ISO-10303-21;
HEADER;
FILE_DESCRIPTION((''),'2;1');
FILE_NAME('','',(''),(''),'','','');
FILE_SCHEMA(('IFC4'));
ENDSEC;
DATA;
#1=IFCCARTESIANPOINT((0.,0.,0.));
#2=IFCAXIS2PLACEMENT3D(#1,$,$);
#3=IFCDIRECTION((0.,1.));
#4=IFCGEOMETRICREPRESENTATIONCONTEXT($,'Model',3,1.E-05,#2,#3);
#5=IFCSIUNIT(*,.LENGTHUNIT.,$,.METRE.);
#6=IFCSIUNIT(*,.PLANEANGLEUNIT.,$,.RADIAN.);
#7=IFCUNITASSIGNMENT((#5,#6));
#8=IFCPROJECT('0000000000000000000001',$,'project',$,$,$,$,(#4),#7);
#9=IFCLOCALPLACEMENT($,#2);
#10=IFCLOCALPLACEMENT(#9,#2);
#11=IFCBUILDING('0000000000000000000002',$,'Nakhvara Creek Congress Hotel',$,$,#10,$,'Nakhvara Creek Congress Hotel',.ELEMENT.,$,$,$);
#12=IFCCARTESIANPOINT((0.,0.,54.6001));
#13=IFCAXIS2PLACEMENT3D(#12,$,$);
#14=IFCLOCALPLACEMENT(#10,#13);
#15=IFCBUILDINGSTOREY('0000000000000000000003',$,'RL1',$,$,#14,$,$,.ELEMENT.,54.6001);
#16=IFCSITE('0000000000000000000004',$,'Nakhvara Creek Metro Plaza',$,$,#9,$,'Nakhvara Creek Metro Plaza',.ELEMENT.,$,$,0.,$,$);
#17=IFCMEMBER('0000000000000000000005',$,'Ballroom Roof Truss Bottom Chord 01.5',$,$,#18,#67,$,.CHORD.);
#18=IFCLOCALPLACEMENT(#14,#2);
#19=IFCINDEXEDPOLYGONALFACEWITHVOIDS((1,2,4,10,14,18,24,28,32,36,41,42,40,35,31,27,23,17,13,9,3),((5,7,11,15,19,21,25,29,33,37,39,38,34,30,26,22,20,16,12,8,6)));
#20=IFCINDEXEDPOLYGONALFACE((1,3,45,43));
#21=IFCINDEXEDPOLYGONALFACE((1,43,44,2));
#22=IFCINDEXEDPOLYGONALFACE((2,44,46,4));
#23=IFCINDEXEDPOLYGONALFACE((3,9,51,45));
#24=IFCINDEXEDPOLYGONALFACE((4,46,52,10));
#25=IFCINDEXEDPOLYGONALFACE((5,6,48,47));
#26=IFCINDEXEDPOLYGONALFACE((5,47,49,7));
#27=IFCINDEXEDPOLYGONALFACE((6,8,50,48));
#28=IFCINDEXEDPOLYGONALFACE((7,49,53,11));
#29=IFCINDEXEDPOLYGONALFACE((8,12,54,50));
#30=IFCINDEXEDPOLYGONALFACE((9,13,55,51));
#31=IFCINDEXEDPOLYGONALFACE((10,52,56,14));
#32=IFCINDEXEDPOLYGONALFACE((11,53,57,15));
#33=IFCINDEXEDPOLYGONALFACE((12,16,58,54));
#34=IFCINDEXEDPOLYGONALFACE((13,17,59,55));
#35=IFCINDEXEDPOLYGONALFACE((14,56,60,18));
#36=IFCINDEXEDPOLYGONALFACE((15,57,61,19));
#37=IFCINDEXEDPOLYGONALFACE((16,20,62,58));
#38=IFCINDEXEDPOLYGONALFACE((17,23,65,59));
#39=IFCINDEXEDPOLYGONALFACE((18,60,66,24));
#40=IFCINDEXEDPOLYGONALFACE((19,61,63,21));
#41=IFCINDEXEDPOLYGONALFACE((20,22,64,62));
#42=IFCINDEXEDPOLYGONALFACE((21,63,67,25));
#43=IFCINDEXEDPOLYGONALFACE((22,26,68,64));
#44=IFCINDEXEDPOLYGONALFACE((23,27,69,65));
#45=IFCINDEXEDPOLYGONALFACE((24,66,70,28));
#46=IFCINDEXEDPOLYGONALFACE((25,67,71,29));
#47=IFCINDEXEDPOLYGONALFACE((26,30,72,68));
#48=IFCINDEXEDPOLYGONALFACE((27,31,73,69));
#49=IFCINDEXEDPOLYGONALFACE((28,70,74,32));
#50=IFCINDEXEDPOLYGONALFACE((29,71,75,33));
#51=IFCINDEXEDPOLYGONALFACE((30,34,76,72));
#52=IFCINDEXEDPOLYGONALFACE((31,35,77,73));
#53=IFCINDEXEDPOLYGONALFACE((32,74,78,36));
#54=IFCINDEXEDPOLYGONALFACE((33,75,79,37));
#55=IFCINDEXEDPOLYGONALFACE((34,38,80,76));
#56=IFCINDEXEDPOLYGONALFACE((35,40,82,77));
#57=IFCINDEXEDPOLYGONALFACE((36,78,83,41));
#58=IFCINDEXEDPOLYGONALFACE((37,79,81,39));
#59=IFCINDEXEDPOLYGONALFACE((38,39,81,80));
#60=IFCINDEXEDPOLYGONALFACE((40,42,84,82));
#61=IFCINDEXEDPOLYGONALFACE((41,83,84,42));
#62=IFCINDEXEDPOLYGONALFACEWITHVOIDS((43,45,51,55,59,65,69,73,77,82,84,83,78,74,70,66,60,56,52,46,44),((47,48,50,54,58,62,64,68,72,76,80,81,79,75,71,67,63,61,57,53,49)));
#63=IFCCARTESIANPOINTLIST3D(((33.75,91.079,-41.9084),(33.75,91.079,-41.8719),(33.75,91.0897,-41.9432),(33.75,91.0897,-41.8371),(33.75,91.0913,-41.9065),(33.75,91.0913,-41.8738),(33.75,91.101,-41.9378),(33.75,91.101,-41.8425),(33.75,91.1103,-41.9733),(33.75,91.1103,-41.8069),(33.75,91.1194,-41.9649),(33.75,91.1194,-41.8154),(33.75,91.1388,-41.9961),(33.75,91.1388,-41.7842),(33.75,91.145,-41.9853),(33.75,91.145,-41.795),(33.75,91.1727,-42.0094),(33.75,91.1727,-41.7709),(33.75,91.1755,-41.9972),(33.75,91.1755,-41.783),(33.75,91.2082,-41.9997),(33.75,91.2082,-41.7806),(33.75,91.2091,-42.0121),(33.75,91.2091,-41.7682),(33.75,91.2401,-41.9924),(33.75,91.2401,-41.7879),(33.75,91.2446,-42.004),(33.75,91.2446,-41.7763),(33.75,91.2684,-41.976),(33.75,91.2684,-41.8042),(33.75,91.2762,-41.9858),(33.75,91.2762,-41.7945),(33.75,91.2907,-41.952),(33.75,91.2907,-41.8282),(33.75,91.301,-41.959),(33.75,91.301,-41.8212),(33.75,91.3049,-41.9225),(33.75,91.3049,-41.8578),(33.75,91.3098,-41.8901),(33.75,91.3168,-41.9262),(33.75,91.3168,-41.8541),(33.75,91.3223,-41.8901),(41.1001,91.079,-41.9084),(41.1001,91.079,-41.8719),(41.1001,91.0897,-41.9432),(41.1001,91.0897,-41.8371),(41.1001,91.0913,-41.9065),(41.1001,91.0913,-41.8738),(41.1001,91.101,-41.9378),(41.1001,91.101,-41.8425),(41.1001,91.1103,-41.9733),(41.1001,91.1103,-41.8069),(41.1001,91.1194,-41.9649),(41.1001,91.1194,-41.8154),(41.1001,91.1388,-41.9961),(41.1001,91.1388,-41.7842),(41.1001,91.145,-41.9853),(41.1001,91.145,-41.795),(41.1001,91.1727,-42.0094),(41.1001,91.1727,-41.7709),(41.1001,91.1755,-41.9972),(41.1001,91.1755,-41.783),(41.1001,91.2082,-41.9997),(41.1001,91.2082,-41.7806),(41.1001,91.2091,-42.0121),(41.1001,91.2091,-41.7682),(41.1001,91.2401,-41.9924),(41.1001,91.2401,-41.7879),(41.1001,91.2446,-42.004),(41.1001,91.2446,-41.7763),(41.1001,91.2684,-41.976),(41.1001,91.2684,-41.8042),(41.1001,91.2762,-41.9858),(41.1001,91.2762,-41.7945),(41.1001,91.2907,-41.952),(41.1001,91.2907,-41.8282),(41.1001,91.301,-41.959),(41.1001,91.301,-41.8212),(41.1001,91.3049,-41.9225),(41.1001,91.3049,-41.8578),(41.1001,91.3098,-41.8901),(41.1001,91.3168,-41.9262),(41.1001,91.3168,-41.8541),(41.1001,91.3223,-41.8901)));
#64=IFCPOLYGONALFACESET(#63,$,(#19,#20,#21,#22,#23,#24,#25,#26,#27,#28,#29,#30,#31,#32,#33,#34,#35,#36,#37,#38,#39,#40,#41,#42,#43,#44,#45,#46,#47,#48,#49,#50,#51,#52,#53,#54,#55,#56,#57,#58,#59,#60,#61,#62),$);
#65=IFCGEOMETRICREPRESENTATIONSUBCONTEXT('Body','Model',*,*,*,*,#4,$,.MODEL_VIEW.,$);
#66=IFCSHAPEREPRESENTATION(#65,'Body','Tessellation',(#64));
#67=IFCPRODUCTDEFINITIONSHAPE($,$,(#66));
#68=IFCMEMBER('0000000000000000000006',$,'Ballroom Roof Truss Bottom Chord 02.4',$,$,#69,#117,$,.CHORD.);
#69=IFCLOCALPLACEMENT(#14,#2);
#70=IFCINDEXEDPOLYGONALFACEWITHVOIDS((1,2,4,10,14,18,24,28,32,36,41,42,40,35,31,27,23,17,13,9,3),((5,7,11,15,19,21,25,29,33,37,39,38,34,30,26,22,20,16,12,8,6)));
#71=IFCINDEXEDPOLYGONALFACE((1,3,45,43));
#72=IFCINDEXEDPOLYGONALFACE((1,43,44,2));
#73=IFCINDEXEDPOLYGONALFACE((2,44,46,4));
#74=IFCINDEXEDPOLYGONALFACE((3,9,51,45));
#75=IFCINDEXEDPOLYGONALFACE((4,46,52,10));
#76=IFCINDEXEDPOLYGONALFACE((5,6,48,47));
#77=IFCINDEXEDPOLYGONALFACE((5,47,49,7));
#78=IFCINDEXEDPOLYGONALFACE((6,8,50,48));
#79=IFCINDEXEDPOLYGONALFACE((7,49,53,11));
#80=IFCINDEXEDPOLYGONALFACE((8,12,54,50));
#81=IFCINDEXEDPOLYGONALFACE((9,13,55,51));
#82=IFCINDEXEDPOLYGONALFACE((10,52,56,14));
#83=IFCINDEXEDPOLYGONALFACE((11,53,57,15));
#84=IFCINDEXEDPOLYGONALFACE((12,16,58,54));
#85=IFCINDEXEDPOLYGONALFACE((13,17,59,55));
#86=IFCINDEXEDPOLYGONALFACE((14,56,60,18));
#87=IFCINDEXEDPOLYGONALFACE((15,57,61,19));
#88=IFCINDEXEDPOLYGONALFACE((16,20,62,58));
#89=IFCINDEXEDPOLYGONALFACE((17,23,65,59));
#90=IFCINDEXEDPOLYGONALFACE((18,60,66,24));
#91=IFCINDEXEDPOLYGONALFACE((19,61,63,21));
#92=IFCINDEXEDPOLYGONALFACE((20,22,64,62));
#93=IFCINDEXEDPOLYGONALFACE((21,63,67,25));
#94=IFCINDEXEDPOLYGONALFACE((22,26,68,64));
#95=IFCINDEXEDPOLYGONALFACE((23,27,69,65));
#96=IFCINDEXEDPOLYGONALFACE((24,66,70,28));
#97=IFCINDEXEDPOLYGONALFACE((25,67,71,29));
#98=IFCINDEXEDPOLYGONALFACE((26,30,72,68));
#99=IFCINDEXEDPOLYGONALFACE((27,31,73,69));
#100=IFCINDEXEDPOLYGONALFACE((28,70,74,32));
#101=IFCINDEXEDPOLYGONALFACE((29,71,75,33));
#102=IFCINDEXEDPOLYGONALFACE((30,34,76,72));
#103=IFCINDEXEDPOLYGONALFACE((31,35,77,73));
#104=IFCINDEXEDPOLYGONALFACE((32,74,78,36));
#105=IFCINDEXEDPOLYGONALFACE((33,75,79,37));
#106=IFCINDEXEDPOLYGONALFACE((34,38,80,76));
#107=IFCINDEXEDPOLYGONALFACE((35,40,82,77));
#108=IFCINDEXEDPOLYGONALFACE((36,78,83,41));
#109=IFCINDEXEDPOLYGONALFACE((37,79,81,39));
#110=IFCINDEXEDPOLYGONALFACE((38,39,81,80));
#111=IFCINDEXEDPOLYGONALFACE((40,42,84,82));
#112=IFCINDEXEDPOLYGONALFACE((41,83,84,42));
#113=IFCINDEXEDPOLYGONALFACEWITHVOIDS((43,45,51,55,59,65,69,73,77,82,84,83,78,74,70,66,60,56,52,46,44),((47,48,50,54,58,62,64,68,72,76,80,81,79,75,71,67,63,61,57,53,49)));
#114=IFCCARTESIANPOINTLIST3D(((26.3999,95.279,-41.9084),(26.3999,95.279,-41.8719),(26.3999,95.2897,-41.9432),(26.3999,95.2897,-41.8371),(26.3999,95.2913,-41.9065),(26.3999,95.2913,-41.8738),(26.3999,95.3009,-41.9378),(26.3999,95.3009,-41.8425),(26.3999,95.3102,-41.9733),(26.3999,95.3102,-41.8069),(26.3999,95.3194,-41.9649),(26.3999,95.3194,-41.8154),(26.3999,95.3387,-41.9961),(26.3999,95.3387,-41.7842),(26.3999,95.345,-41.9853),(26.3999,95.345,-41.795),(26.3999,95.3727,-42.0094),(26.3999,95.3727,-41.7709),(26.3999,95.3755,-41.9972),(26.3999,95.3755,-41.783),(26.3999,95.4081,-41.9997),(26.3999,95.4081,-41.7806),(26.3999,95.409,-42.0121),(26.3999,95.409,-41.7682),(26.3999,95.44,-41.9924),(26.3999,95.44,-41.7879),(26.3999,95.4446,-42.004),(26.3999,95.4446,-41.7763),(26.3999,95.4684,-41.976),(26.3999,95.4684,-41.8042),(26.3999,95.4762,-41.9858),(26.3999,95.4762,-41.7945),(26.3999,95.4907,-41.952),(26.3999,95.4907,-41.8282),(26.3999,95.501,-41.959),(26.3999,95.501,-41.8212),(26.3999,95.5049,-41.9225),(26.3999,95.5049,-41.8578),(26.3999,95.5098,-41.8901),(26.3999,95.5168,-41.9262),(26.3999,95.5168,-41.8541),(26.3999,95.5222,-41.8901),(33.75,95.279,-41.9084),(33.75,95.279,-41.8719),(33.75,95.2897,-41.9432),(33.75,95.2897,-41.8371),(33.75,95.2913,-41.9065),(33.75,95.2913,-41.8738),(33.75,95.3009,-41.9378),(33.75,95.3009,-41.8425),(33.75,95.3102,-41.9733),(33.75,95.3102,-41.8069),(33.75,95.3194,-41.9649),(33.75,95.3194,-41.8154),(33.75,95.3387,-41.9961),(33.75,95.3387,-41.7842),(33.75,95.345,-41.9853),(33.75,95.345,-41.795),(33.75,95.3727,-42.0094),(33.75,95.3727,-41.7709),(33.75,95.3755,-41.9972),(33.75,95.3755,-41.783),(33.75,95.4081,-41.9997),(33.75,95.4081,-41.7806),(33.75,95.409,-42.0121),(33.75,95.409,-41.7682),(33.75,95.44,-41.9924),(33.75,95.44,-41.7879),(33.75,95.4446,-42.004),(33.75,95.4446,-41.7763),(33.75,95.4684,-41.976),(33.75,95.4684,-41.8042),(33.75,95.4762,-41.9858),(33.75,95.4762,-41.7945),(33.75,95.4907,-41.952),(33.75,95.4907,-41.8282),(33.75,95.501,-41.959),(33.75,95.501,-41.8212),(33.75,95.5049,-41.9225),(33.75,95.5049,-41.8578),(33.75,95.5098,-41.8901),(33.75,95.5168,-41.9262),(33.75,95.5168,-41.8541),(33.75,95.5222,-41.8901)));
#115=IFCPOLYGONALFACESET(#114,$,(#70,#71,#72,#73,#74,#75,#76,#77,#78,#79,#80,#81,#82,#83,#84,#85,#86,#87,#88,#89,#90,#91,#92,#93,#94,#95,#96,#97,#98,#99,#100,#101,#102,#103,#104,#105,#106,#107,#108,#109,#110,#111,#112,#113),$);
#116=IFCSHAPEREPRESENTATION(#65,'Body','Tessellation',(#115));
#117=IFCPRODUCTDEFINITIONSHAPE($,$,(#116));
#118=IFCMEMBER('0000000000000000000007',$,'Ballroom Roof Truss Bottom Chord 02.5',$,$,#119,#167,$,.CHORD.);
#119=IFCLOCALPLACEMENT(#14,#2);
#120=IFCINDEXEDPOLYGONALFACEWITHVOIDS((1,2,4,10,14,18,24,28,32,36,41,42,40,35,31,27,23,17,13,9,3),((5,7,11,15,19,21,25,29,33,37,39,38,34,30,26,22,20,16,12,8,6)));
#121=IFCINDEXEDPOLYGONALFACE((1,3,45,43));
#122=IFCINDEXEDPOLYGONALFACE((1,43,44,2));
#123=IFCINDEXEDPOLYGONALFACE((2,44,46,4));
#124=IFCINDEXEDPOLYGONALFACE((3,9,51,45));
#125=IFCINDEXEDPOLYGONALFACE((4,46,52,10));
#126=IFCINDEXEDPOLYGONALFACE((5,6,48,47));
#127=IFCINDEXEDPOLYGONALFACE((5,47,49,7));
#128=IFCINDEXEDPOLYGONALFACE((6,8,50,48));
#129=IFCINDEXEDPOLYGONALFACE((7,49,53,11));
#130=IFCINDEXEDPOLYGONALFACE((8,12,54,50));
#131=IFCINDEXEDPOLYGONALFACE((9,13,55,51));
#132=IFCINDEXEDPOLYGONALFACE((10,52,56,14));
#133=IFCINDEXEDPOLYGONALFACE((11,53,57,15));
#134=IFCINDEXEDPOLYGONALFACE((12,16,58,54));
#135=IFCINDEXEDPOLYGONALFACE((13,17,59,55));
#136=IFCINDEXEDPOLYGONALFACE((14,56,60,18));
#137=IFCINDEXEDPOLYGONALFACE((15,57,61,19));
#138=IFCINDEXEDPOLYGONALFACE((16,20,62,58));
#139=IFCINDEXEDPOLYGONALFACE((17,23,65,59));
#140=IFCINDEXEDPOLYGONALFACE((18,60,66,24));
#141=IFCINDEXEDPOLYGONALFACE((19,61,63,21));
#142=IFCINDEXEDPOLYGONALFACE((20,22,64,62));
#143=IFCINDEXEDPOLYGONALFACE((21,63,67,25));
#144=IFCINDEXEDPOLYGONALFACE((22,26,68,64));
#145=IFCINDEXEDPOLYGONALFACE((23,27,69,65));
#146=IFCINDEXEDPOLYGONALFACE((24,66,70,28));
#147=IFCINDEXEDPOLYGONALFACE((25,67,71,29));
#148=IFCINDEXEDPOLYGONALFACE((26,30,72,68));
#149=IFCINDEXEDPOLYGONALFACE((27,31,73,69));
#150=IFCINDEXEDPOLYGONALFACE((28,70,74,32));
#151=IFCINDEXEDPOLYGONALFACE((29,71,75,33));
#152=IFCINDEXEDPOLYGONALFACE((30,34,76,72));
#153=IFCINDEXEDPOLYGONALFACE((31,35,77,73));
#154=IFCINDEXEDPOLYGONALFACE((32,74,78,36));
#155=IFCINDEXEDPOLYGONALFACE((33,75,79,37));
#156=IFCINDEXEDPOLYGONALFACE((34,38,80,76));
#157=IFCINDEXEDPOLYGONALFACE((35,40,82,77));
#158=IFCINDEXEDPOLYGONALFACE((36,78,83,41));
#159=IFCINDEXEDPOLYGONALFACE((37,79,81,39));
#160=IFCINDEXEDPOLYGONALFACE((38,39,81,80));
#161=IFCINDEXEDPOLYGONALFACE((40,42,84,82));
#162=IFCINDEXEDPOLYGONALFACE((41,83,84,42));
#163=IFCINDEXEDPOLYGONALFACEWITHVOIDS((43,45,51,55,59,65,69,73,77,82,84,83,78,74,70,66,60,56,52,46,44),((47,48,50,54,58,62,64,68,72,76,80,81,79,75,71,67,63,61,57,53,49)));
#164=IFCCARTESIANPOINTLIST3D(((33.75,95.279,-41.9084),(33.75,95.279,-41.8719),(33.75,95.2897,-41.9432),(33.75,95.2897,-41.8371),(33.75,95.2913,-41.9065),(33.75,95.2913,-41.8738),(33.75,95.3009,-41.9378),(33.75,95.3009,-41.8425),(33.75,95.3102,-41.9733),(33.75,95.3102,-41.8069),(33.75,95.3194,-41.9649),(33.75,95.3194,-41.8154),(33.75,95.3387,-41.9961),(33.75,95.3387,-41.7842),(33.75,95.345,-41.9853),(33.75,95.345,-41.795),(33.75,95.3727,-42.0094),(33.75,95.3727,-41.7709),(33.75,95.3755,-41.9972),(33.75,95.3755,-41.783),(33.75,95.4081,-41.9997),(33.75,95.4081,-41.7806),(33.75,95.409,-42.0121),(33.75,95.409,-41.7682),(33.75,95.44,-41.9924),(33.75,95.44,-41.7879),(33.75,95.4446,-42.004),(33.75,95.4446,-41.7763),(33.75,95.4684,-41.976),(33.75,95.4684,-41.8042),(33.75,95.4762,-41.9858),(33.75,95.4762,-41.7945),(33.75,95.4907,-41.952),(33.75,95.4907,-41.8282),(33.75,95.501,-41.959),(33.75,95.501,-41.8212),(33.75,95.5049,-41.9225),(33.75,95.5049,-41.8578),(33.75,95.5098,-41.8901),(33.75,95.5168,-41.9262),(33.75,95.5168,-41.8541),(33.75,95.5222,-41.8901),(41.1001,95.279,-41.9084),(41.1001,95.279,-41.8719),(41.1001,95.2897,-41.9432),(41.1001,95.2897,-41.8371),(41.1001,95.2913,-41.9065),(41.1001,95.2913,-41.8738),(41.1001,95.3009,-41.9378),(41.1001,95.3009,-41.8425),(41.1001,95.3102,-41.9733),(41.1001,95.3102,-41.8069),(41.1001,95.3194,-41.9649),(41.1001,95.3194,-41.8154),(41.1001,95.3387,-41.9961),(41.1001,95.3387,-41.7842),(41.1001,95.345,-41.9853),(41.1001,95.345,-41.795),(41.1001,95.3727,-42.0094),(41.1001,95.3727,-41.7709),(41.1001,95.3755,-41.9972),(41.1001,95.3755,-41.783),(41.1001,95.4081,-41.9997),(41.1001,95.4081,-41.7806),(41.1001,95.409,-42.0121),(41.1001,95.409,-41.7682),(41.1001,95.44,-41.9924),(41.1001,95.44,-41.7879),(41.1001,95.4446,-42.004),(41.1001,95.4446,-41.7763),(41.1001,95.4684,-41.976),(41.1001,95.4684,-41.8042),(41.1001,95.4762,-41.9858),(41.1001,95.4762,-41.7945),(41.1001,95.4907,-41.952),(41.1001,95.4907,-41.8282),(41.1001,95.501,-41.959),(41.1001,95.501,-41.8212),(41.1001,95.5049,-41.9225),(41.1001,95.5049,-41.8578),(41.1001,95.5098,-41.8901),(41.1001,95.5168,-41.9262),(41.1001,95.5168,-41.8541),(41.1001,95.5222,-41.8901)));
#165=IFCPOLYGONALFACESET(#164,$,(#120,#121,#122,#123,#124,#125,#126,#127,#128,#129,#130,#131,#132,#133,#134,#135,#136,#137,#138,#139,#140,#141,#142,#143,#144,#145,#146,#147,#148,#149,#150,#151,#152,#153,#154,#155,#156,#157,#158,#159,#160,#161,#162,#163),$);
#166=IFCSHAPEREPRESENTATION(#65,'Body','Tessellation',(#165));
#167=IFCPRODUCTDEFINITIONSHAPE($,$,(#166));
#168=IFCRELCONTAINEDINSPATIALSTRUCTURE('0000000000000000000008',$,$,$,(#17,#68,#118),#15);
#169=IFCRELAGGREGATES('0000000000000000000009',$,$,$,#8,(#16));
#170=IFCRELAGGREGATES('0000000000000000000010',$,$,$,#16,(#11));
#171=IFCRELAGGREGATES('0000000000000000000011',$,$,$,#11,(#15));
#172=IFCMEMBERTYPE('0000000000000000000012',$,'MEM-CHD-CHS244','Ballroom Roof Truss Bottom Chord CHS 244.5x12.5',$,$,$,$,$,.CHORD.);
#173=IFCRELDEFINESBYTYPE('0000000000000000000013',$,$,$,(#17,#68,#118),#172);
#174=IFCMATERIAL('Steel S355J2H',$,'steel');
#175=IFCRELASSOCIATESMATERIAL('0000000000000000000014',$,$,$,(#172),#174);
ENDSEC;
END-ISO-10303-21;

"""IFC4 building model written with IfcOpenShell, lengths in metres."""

from ifc_helpers import new_model, si_unit, direction, frame, origin, origin_2d, place, context, subcontext, project, spatial, hollow_circle, extrude, material, material_profile, profile_set, type_object, element, save


model = new_model("IFC4")

# Units and contexts
model_context = context("Model", 3, precision=1e-05, world=origin(), true_north=direction((0.0, 1.0)))
body_context = subcontext(model_context, "Body", "Model", "MODEL_VIEW")
ifc_project = project(units=[si_unit("LENGTHUNIT", "METRE"), si_unit("PLANEANGLEUNIT", "RADIAN")], contexts=[model_context])

# Site, building, storey
site_placement = place(None, origin())
site = spatial("IfcSite", under=ifc_project, at=site_placement, Name="Nakhvara Creek Metro Plaza", LongName="Nakhvara Creek Metro Plaza", CompositionType="ELEMENT", RefElevation=0.0)
building_placement = place(site_placement, origin())
building = spatial("IfcBuilding", under=site, at=building_placement, Name="Nakhvara Creek Congress Hotel", LongName="Nakhvara Creek Congress Hotel", CompositionType="ELEMENT")
storey_placement = place(building_placement, frame((0.0, 0.0, 54.6001)))
storey = spatial("IfcBuildingStorey", under=building, at=storey_placement, Name="RL1", CompositionType="ELEMENT", Elevation=54.6001)

# Members
ifc_material_1 = material(Name="Steel S355J2H", Category="steel")
ifc_material_profile_1 = material_profile(ifc_material_1, hollow_circle(Radius=0.1223, WallThickness=0.0125, at=origin_2d()), Name="CHS 244.5x12.5", Category="LoadBearing")
ifc_profile_set_1 = profile_set([ifc_material_profile_1], Name="Steel S355J2H")
member_type_1 = type_object("IfcMemberType", Name="MEM-CHD-CHS244", Description="Ballroom Roof Truss Bottom Chord CHS 244.5x12.5", PredefinedType="CHORD", material=ifc_profile_set_1)
for number, where, z_axis, x_axis, name in (
    (1, (33.75, 91.2, -41.8901), (1.0, 0.0, 0.0), (0.0, 1.0, 0.0), "Ballroom Roof Truss Bottom Chord 01.5"),
    (2, (26.3999, 95.3999, -41.8901), (1.0, 0.0, 0.0), (0.0, 1.0, 0.0), "Ballroom Roof Truss Bottom Chord 02.4"),
    (3, (33.75, 95.3999, -41.8901), (1.0, 0.0, 0.0), (0.0, 1.0, 0.0), "Ballroom Roof Truss Bottom Chord 02.5"),
):
    element("IfcMember", number, at=place(storey_placement, frame(where, z_axis=z_axis, x_axis=x_axis)), inside=storey, type_object=member_type_1, Name=name, PredefinedType="CHORD", context=body_context, shape_type="SweptSolid", body=[
        extrude(hollow_circle(Radius=0.1223, WallThickness=0.0125, at=origin_2d()), origin(), (0.0, 0.0, 1.0), 7.3501),
    ])

save(model, "model.ifc")
